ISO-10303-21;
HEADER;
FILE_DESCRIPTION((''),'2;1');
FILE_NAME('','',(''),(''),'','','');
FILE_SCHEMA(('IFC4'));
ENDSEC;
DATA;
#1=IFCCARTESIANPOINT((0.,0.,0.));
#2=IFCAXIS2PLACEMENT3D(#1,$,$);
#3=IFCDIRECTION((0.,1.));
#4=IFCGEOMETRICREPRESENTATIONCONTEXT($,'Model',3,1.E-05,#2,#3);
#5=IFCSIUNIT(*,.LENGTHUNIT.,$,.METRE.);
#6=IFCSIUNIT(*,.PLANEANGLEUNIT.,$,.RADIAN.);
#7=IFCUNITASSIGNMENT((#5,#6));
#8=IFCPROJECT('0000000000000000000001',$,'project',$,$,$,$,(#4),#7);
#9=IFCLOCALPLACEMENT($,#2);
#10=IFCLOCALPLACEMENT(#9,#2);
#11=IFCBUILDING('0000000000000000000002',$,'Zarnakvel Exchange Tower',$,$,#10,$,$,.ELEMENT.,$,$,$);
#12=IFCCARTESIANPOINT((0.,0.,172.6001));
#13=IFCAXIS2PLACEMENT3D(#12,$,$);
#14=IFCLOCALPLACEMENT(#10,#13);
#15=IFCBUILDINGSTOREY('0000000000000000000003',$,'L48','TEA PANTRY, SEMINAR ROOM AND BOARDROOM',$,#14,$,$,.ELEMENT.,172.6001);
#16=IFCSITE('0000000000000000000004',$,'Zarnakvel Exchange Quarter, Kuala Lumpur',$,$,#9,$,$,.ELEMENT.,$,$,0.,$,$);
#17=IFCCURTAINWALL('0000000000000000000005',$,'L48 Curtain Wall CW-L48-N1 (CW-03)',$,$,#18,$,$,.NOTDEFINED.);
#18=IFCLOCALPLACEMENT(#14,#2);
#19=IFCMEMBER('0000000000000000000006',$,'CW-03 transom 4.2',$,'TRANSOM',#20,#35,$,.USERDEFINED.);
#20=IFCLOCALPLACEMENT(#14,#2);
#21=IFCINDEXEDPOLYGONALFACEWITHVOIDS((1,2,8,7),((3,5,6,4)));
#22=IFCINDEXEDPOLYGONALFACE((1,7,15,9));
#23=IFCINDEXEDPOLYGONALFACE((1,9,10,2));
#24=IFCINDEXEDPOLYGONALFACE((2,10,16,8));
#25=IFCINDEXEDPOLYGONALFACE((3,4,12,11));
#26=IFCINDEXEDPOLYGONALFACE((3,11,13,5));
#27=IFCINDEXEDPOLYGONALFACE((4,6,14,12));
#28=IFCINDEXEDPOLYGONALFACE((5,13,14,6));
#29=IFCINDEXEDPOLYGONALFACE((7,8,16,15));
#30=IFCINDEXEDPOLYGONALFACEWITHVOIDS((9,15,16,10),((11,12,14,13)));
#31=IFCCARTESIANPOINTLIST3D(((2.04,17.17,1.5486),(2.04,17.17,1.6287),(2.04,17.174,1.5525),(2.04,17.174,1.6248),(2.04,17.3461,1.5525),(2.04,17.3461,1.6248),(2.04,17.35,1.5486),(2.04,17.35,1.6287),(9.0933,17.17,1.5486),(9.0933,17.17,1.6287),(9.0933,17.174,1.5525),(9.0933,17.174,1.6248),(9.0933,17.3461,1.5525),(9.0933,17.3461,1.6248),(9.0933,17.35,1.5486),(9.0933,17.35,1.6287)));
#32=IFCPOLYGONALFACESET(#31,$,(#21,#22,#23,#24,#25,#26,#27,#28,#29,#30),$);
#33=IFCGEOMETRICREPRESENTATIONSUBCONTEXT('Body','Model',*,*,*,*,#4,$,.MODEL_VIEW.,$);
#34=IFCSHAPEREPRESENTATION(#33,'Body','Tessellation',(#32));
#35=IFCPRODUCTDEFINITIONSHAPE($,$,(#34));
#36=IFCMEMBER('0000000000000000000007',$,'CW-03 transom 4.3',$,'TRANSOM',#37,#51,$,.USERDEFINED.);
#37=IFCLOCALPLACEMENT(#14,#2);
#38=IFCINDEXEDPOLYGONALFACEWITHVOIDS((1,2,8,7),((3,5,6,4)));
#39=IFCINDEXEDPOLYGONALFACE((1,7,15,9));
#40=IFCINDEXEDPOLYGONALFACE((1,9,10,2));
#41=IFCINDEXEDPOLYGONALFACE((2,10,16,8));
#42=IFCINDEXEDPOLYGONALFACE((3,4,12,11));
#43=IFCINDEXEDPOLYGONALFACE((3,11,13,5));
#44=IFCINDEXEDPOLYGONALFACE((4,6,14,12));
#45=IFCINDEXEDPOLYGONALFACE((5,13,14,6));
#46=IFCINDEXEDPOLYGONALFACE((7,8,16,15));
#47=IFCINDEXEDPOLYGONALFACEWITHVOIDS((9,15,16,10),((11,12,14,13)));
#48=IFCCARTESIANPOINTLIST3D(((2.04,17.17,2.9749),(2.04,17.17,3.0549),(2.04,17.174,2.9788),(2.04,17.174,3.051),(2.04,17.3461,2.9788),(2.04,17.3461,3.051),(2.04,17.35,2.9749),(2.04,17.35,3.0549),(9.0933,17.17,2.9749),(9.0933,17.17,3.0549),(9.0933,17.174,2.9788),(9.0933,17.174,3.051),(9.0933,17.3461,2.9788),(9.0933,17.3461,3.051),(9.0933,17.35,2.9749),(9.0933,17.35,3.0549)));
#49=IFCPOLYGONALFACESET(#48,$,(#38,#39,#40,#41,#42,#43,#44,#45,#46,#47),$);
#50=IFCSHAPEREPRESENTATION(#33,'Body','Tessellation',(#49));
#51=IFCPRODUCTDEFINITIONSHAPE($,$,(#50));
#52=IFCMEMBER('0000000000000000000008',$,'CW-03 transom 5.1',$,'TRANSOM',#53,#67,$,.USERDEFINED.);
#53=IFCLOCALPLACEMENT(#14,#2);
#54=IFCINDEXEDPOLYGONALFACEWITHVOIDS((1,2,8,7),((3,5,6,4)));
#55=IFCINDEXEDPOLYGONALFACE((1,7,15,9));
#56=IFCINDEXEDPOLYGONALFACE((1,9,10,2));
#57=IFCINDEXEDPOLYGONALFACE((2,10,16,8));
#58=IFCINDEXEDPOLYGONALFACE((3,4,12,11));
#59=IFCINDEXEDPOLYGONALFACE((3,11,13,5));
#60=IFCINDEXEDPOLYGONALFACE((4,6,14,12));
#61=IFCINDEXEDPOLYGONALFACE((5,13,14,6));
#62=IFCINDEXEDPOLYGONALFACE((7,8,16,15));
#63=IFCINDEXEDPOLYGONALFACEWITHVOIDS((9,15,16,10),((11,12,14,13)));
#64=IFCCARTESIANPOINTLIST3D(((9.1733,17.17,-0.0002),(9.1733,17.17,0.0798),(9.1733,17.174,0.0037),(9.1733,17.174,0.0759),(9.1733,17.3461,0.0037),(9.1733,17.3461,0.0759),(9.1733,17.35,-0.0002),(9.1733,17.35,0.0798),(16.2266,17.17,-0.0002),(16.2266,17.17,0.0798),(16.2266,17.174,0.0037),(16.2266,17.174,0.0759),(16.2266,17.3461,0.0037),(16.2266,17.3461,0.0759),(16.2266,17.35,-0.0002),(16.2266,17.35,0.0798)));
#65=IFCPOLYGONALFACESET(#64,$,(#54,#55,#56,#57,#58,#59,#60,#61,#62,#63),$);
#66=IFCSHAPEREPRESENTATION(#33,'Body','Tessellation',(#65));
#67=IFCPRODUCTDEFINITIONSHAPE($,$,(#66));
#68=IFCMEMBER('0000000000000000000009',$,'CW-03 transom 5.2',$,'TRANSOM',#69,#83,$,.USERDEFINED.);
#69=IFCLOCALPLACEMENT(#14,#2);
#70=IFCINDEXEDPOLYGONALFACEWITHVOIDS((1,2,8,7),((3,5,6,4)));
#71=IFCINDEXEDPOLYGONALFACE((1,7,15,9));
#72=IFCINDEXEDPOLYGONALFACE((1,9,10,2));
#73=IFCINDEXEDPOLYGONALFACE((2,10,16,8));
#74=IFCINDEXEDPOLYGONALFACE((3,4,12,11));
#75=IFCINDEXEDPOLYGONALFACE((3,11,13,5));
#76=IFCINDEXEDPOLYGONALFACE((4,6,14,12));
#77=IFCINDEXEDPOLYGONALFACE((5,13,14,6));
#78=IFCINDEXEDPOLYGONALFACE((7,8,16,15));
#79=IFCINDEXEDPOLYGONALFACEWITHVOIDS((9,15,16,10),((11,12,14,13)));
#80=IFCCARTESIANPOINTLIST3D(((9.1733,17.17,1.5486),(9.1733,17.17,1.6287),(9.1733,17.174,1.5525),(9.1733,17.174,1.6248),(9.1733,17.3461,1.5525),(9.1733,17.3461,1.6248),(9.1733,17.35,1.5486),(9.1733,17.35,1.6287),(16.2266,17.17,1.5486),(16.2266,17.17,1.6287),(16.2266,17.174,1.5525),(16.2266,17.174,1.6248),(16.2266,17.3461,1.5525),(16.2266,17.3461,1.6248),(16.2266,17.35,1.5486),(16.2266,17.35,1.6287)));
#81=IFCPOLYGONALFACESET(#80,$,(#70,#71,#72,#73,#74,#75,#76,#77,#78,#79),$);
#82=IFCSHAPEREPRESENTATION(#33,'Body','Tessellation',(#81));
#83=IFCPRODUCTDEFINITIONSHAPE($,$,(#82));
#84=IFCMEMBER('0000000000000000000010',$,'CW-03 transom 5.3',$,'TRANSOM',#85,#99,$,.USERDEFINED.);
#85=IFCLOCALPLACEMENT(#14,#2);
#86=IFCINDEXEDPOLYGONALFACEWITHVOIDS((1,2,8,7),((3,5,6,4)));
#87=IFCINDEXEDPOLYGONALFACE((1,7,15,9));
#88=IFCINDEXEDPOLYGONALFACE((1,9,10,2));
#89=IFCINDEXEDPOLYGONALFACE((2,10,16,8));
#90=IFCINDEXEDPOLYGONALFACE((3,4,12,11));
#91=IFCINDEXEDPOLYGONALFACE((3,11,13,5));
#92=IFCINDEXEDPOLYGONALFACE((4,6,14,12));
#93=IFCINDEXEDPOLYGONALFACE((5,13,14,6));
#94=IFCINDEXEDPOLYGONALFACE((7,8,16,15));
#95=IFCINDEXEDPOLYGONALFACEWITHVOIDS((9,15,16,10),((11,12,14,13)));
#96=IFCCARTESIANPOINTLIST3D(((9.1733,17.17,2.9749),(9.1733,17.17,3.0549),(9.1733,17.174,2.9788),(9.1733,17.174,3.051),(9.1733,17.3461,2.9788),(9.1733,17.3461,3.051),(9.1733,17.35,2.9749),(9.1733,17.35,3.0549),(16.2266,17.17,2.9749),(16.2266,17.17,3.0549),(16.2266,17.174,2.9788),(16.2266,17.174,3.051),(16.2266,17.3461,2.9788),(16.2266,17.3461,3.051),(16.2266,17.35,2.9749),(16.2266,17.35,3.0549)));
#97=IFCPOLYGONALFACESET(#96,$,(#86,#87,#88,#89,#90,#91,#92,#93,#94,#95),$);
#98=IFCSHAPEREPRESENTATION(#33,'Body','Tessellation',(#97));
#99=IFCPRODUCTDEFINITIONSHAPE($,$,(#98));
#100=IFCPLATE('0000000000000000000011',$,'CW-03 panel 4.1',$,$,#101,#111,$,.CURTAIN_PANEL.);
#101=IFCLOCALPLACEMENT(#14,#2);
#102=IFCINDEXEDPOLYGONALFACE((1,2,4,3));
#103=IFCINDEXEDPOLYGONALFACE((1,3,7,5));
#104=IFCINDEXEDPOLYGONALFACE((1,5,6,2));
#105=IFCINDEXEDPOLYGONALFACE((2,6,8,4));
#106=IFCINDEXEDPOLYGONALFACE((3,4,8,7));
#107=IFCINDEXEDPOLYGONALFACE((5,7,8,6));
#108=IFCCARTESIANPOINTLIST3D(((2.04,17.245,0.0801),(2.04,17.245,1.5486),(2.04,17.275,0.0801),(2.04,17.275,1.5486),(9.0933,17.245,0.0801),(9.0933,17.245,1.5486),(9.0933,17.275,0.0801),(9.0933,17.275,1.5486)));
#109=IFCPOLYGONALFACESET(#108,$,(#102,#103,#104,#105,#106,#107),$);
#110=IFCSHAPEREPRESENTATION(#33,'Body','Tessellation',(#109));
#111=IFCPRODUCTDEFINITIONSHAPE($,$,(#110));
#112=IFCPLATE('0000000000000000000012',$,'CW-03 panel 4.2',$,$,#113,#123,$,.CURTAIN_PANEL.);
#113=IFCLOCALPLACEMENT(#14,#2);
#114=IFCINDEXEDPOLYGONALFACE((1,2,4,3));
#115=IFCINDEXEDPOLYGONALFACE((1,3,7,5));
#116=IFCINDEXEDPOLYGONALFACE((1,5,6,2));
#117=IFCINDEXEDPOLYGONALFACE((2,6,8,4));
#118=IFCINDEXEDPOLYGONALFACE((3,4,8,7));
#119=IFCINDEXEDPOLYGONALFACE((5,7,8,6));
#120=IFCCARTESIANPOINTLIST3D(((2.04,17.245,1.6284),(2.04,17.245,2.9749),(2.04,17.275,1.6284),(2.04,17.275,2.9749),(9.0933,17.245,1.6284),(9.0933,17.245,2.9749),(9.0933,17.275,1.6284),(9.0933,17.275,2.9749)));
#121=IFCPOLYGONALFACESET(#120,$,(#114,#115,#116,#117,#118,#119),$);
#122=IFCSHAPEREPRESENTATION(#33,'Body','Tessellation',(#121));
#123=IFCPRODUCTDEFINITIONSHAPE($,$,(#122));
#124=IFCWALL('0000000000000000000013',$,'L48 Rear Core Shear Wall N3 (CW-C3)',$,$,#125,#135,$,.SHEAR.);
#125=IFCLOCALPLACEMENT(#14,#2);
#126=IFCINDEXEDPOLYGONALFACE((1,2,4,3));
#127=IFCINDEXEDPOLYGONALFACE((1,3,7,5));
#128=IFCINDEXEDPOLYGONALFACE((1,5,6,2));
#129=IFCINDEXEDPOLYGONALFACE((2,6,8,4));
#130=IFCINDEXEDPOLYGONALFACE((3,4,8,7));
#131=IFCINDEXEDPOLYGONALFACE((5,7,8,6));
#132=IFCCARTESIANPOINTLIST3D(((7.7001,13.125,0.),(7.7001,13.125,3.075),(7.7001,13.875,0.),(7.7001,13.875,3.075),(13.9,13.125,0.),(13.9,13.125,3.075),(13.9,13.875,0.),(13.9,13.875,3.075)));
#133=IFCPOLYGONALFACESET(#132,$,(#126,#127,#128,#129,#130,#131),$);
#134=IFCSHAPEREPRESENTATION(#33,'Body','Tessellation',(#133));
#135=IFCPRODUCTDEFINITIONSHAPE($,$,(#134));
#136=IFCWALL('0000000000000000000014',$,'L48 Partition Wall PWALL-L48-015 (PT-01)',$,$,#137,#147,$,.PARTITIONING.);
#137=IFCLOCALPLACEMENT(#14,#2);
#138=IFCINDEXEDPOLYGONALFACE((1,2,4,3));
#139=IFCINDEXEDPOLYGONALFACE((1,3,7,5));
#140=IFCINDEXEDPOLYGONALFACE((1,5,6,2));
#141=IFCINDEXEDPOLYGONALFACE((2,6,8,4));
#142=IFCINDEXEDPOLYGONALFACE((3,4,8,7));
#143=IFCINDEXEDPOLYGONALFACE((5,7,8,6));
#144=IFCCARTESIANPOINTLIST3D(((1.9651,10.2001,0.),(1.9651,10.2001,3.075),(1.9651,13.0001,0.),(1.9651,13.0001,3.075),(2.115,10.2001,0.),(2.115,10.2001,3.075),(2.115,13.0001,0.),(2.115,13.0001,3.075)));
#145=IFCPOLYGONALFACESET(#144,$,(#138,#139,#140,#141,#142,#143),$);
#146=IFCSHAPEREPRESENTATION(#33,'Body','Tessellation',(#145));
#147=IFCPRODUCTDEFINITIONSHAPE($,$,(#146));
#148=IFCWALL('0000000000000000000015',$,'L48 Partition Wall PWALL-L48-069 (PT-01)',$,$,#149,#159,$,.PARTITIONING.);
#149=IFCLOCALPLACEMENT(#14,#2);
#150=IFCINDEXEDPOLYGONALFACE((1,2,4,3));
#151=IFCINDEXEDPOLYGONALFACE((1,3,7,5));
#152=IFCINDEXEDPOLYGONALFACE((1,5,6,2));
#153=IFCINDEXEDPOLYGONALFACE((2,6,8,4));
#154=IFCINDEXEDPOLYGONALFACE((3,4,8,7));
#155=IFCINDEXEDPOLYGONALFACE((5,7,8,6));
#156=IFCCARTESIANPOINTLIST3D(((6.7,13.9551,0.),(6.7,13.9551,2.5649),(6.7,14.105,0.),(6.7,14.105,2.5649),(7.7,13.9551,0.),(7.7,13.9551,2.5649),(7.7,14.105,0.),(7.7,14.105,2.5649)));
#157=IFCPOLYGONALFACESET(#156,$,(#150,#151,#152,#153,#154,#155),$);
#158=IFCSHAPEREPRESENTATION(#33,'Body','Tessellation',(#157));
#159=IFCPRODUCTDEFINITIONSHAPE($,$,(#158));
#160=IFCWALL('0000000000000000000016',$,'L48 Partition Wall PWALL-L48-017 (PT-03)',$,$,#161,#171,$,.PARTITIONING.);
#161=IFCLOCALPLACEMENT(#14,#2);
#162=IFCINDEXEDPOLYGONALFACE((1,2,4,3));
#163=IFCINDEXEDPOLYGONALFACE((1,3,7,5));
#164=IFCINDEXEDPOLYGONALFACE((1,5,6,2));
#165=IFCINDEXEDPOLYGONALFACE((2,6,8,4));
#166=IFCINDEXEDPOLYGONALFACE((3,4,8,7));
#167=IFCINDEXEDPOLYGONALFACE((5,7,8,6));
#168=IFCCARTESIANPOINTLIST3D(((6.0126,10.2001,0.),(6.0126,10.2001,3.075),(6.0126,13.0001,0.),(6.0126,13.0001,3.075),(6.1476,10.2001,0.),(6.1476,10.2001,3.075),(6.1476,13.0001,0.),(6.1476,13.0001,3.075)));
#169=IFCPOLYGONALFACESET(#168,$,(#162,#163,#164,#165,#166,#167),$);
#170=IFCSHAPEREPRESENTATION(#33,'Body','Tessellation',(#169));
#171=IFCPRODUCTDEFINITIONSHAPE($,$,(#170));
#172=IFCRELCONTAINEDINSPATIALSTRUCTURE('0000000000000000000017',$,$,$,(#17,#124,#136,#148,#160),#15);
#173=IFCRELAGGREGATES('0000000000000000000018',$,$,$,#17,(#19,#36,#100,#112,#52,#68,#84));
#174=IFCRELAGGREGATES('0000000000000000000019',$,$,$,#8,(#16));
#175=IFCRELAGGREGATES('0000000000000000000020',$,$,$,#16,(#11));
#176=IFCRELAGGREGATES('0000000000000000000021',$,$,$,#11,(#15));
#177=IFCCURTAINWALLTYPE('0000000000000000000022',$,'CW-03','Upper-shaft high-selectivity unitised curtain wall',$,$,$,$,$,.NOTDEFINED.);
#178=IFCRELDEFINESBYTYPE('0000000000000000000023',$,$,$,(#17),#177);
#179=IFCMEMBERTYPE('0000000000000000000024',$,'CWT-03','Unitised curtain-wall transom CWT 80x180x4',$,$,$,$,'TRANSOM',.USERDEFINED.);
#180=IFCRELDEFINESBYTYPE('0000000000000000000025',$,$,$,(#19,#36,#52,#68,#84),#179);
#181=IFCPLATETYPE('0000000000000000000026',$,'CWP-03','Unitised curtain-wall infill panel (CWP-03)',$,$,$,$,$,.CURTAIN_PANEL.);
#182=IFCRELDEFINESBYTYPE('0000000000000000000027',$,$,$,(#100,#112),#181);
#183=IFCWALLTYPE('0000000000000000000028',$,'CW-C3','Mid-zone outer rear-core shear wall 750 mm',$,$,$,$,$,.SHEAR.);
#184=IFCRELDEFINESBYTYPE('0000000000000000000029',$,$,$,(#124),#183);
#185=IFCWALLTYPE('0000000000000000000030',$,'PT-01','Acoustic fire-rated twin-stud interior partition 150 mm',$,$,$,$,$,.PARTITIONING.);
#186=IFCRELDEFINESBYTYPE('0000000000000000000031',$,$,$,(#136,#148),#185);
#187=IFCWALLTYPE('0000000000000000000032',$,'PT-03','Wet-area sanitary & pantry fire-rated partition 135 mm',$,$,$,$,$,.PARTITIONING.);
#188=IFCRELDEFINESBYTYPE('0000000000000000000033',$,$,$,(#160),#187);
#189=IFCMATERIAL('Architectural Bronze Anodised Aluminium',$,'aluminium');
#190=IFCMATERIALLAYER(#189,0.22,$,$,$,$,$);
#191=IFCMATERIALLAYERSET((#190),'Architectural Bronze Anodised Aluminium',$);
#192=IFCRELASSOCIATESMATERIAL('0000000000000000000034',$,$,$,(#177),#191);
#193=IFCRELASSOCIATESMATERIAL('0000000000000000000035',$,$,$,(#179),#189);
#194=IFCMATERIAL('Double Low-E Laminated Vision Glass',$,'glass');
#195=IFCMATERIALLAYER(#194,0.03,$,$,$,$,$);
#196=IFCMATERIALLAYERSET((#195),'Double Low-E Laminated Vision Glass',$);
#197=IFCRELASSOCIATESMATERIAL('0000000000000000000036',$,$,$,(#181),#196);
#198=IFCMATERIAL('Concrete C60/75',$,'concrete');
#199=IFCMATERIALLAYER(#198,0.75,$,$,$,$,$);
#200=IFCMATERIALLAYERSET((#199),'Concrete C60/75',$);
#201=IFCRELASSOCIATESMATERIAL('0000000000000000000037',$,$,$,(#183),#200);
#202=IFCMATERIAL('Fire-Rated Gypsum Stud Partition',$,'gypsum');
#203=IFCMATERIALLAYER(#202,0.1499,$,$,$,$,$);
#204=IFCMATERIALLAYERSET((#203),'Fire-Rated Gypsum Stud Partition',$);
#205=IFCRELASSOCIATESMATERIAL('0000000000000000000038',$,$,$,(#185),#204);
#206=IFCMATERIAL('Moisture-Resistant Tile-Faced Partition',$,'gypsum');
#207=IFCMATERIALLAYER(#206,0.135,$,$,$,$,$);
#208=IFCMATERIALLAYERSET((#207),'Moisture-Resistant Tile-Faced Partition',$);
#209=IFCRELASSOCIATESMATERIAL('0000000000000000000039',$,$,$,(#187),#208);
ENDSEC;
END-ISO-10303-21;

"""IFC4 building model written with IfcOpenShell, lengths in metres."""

from ifc_helpers import new_model, si_unit, direction, frame, frame_2d, origin, origin_2d, place, context, subcontext, project, spatial, rectangle, hollow_rectangle, extrude, source, transform, mapped, material, layer, layer_set, material_profile, profile_set, type_object, element, aggregate, save


model = new_model("IFC4")

# Units and contexts
model_context = context("Model", 3, precision=1e-05, world=origin(), true_north=direction((0.0, 1.0)))
body_context = subcontext(model_context, "Body", "Model", "MODEL_VIEW")
ifc_project = project(units=[si_unit("LENGTHUNIT", "METRE"), si_unit("PLANEANGLEUNIT", "RADIAN")], contexts=[model_context])

# Site, building, storey
site_placement = place(None, origin())
site = spatial("IfcSite", under=ifc_project, at=site_placement, Name="Zarnakvel Exchange Quarter, Kuala Lumpur", CompositionType="ELEMENT", RefElevation=0.0)
building_placement = place(site_placement, origin())
building = spatial("IfcBuilding", under=site, at=building_placement, Name="Zarnakvel Exchange Tower", CompositionType="ELEMENT")
storey_placement = place(building_placement, frame((0.0, 0.0, 172.6001)))
storey = spatial("IfcBuildingStorey", under=building, at=storey_placement, Name="L48", Description="TEA PANTRY, SEMINAR ROOM AND BOARDROOM", CompositionType="ELEMENT", Elevation=172.6001)

# Shared definitions
ifc_material_1 = material(Name="Concrete C60/75", Category="concrete")

# Curtain wall, members, plates
ifc_material_2 = material(Name="Architectural Bronze Anodised Aluminium", Category="aluminium")
ifc_layer_1 = layer(ifc_material_2, 0.22)
ifc_layer_set_1 = layer_set([ifc_layer_1], Name="Architectural Bronze Anodised Aluminium")
curtain_wall_type = type_object("IfcCurtainWallType", Name="CW-03", Description="Upper-shaft high-selectivity unitised curtain wall", PredefinedType="NOTDEFINED", material=ifc_layer_set_1)
curtain_wall_placement = place(storey_placement, origin())
curtain_wall = element("IfcCurtainWall", 1, at=curtain_wall_placement, inside=storey, type_object=curtain_wall_type, Name="L48 Curtain Wall CW-L48-N1 (CW-03)", PredefinedType="NOTDEFINED")
ifc_material_profile_1 = material_profile(ifc_material_2, hollow_rectangle(XDim=0.1799, YDim=0.0801, WallThickness=0.0039, at=origin_2d()))
ifc_profile_set_1 = profile_set([ifc_material_profile_1], Name="Architectural Bronze Anodised Aluminium")
member_type_1 = type_object("IfcMemberType", Name="CWT-03", Description="Unitised curtain-wall transom CWT 80x180x4", ElementType="TRANSOM", PredefinedType="USERDEFINED", material=ifc_profile_set_1)
shared_shape_1 = source(origin(), body_context, "Body", "SweptSolid", [
    extrude(hollow_rectangle(XDim=0.1799, YDim=0.0801, WallThickness=0.0039, at=origin_2d()), origin(), (0.0, 0.0, 1.0), 7.0532),
])
member_1_placement = place(storey_placement, frame((2.04, 17.26, 1.5886), z_axis=(1.0, 0.0, 0.0), x_axis=(0.0, 1.0, 0.0)))
member_1 = element("IfcMember", 2, at=member_1_placement, type_object=member_type_1, Name="CW-03 transom 4.2", ObjectType="TRANSOM", PredefinedType="USERDEFINED", context=body_context, shape_type="MappedRepresentation", body=[
    mapped(shared_shape_1, transform((0.0, 0.0, 0.0), x_axis=(1.0, 0.0, 0.0), y_axis=(0.0, 1.0, 0.0), z_axis=(0.0, 0.0, 1.0), scale=1.0)),
])
member_2_placement = place(storey_placement, frame((2.04, 17.26, 3.0149), z_axis=(1.0, 0.0, 0.0), x_axis=(0.0, 1.0, 0.0)))
member_2 = element("IfcMember", 3, at=member_2_placement, type_object=member_type_1, Name="CW-03 transom 4.3", ObjectType="TRANSOM", PredefinedType="USERDEFINED", context=body_context, shape_type="MappedRepresentation", body=[
    mapped(shared_shape_1, transform((0.0, 0.0, 0.0), x_axis=(1.0, 0.0, 0.0), y_axis=(0.0, 1.0, 0.0), z_axis=(0.0, 0.0, 1.0), scale=1.0)),
])
member_3_placement = place(storey_placement, frame((9.1733, 17.26, 0.0398), z_axis=(1.0, 0.0, 0.0), x_axis=(0.0, 1.0, 0.0)))
member_3 = element("IfcMember", 4, at=member_3_placement, type_object=member_type_1, Name="CW-03 transom 5.1", ObjectType="TRANSOM", PredefinedType="USERDEFINED", context=body_context, shape_type="MappedRepresentation", body=[
    mapped(shared_shape_1, transform((0.0, 0.0, 0.0), x_axis=(1.0, 0.0, 0.0), y_axis=(0.0, 1.0, 0.0), z_axis=(0.0, 0.0, 1.0), scale=1.0)),
])
member_4_placement = place(storey_placement, frame((9.1733, 17.26, 1.5886), z_axis=(1.0, 0.0, 0.0), x_axis=(0.0, 1.0, 0.0)))
member_4 = element("IfcMember", 5, at=member_4_placement, type_object=member_type_1, Name="CW-03 transom 5.2", ObjectType="TRANSOM", PredefinedType="USERDEFINED", context=body_context, shape_type="MappedRepresentation", body=[
    mapped(shared_shape_1, transform((0.0, 0.0, 0.0), x_axis=(1.0, 0.0, 0.0), y_axis=(0.0, 1.0, 0.0), z_axis=(0.0, 0.0, 1.0), scale=1.0)),
])
member_5_placement = place(storey_placement, frame((9.1733, 17.26, 3.0149), z_axis=(1.0, 0.0, 0.0), x_axis=(0.0, 1.0, 0.0)))
member_5 = element("IfcMember", 6, at=member_5_placement, type_object=member_type_1, Name="CW-03 transom 5.3", ObjectType="TRANSOM", PredefinedType="USERDEFINED", context=body_context, shape_type="MappedRepresentation", body=[
    mapped(shared_shape_1, transform((0.0, 0.0, 0.0), x_axis=(1.0, 0.0, 0.0), y_axis=(0.0, 1.0, 0.0), z_axis=(0.0, 0.0, 1.0), scale=1.0)),
])
ifc_material_3 = material(Name="Double Low-E Laminated Vision Glass", Category="glass")
ifc_layer_2 = layer(ifc_material_3, 0.03)
ifc_layer_set_2 = layer_set([ifc_layer_2], Name="Double Low-E Laminated Vision Glass")
plate_type = type_object("IfcPlateType", Name="CWP-03", Description="Unitised curtain-wall infill panel (CWP-03)", PredefinedType="CURTAIN_PANEL", material=ifc_layer_set_2)
shared_shape_2 = source(origin(), body_context, "Body", "SweptSolid", [
    extrude(rectangle(XDim=7.0532, YDim=0.03, at=origin_2d()), origin(), (0.0, 0.0, 1.0), 1.4685),
])
plate_1_placement = place(storey_placement, frame((5.5667, 17.26, 0.0801), z_axis=(0.0, 0.0, 1.0), x_axis=(1.0, 0.0, 0.0)))
plate_1 = element("IfcPlate", 7, at=plate_1_placement, type_object=plate_type, Name="CW-03 panel 4.1", PredefinedType="CURTAIN_PANEL", context=body_context, shape_type="MappedRepresentation", body=[
    mapped(shared_shape_2, transform((0.0, 0.0, 0.0), x_axis=(1.0, 0.0, 0.0), y_axis=(0.0, 1.0, 0.0), z_axis=(0.0, 0.0, 1.0), scale=1.0)),
])
shared_shape_3 = source(origin(), body_context, "Body", "SweptSolid", [
    extrude(rectangle(XDim=7.0532, YDim=0.03, at=origin_2d()), origin(), (0.0, 0.0, 1.0), 1.3464),
])
plate_2_placement = place(storey_placement, frame((5.5667, 17.26, 1.6284), z_axis=(0.0, 0.0, 1.0), x_axis=(1.0, 0.0, 0.0)))
plate_2 = element("IfcPlate", 8, at=plate_2_placement, type_object=plate_type, Name="CW-03 panel 4.2", PredefinedType="CURTAIN_PANEL", context=body_context, shape_type="MappedRepresentation", body=[
    mapped(shared_shape_3, transform((0.0, 0.0, 0.0), x_axis=(1.0, 0.0, 0.0), y_axis=(0.0, 1.0, 0.0), z_axis=(0.0, 0.0, 1.0), scale=1.0)),
])
aggregate(curtain_wall, [member_1, member_2, plate_1, plate_2, member_3, member_4, member_5])

# Wall
ifc_layer_3 = layer(ifc_material_1, 0.75)
ifc_layer_set_3 = layer_set([ifc_layer_3], Name="Concrete C60/75")
wall_type_1 = type_object("IfcWallType", Name="CW-C3", Description="Mid-zone outer rear-core shear wall 750 mm", PredefinedType="SHEAR", material=ifc_layer_set_3)
wall_1_placement = place(storey_placement, frame((7.7, 13.5, 0.0), z_axis=(0.0, 0.0, 1.0), x_axis=(1.0, 0.0, 0.0)))
element("IfcWall", 9, at=wall_1_placement, inside=storey, type_object=wall_type_1, Name="L48 Rear Core Shear Wall N3 (CW-C3)", PredefinedType="SHEAR", context=body_context, shape_type="SweptSolid", body=[
    extrude(rectangle(XDim=6.2, YDim=0.75, at=frame_2d((3.1001, 0.0))), origin(), (0.0, 0.0, 1.0), 3.075),
])

# Shared definitions
ifc_material_4 = material(Name="Fire-Rated Gypsum Stud Partition", Category="gypsum")
ifc_layer_4 = layer(ifc_material_4, 0.1499)
ifc_layer_set_4 = layer_set([ifc_layer_4], Name="Fire-Rated Gypsum Stud Partition")
wall_type_2 = type_object("IfcWallType", Name="PT-01", Description="Acoustic fire-rated twin-stud interior partition 150 mm", PredefinedType="PARTITIONING", material=ifc_layer_set_4)

# Walls
wall_2_placement = place(storey_placement, frame((2.04, 13.0, 0.0), z_axis=(0.0, 0.0, 1.0), x_axis=(0.0, -1.0, 0.0)))
element("IfcWall", 10, at=wall_2_placement, inside=storey, type_object=wall_type_2, Name="L48 Partition Wall PWALL-L48-015 (PT-01)", PredefinedType="PARTITIONING", context=body_context, shape_type="SweptSolid", body=[
    extrude(rectangle(XDim=2.8, YDim=0.1499, at=frame_2d((1.3999, 0.0))), origin(), (0.0, 0.0, 1.0), 3.075),
])
wall_3_placement = place(storey_placement, frame((7.7, 14.03, 0.0), z_axis=(0.0, 0.0, 1.0), x_axis=(-1.0, 0.0, 0.0)))
element("IfcWall", 11, at=wall_3_placement, inside=storey, type_object=wall_type_2, Name="L48 Partition Wall PWALL-L48-069 (PT-01)", PredefinedType="PARTITIONING", context=body_context, shape_type="SweptSolid", body=[
    extrude(rectangle(XDim=1.0, YDim=0.1499, at=frame_2d((0.5, 0.0))), origin(), (0.0, 0.0, 1.0), 2.5649),
])

# Shared definitions
ifc_material_5 = material(Name="Moisture-Resistant Tile-Faced Partition", Category="gypsum")
ifc_layer_5 = layer(ifc_material_5, 0.135)
ifc_layer_set_5 = layer_set([ifc_layer_5], Name="Moisture-Resistant Tile-Faced Partition")
wall_type_3 = type_object("IfcWallType", Name="PT-03", Description="Wet-area sanitary & pantry fire-rated partition 135 mm", PredefinedType="PARTITIONING", material=ifc_layer_set_5)

# Wall
wall_4_placement = place(storey_placement, frame((6.0801, 13.0, 0.0), z_axis=(0.0, 0.0, 1.0), x_axis=(0.0, -1.0, 0.0)))
element("IfcWall", 12, at=wall_4_placement, inside=storey, type_object=wall_type_3, Name="L48 Partition Wall PWALL-L48-017 (PT-03)", PredefinedType="PARTITIONING", context=body_context, shape_type="SweptSolid", body=[
    extrude(rectangle(XDim=2.8, YDim=0.135, at=frame_2d((1.3999, 0.0))), origin(), (0.0, 0.0, 1.0), 3.075),
])

save(model, "model.ifc")
